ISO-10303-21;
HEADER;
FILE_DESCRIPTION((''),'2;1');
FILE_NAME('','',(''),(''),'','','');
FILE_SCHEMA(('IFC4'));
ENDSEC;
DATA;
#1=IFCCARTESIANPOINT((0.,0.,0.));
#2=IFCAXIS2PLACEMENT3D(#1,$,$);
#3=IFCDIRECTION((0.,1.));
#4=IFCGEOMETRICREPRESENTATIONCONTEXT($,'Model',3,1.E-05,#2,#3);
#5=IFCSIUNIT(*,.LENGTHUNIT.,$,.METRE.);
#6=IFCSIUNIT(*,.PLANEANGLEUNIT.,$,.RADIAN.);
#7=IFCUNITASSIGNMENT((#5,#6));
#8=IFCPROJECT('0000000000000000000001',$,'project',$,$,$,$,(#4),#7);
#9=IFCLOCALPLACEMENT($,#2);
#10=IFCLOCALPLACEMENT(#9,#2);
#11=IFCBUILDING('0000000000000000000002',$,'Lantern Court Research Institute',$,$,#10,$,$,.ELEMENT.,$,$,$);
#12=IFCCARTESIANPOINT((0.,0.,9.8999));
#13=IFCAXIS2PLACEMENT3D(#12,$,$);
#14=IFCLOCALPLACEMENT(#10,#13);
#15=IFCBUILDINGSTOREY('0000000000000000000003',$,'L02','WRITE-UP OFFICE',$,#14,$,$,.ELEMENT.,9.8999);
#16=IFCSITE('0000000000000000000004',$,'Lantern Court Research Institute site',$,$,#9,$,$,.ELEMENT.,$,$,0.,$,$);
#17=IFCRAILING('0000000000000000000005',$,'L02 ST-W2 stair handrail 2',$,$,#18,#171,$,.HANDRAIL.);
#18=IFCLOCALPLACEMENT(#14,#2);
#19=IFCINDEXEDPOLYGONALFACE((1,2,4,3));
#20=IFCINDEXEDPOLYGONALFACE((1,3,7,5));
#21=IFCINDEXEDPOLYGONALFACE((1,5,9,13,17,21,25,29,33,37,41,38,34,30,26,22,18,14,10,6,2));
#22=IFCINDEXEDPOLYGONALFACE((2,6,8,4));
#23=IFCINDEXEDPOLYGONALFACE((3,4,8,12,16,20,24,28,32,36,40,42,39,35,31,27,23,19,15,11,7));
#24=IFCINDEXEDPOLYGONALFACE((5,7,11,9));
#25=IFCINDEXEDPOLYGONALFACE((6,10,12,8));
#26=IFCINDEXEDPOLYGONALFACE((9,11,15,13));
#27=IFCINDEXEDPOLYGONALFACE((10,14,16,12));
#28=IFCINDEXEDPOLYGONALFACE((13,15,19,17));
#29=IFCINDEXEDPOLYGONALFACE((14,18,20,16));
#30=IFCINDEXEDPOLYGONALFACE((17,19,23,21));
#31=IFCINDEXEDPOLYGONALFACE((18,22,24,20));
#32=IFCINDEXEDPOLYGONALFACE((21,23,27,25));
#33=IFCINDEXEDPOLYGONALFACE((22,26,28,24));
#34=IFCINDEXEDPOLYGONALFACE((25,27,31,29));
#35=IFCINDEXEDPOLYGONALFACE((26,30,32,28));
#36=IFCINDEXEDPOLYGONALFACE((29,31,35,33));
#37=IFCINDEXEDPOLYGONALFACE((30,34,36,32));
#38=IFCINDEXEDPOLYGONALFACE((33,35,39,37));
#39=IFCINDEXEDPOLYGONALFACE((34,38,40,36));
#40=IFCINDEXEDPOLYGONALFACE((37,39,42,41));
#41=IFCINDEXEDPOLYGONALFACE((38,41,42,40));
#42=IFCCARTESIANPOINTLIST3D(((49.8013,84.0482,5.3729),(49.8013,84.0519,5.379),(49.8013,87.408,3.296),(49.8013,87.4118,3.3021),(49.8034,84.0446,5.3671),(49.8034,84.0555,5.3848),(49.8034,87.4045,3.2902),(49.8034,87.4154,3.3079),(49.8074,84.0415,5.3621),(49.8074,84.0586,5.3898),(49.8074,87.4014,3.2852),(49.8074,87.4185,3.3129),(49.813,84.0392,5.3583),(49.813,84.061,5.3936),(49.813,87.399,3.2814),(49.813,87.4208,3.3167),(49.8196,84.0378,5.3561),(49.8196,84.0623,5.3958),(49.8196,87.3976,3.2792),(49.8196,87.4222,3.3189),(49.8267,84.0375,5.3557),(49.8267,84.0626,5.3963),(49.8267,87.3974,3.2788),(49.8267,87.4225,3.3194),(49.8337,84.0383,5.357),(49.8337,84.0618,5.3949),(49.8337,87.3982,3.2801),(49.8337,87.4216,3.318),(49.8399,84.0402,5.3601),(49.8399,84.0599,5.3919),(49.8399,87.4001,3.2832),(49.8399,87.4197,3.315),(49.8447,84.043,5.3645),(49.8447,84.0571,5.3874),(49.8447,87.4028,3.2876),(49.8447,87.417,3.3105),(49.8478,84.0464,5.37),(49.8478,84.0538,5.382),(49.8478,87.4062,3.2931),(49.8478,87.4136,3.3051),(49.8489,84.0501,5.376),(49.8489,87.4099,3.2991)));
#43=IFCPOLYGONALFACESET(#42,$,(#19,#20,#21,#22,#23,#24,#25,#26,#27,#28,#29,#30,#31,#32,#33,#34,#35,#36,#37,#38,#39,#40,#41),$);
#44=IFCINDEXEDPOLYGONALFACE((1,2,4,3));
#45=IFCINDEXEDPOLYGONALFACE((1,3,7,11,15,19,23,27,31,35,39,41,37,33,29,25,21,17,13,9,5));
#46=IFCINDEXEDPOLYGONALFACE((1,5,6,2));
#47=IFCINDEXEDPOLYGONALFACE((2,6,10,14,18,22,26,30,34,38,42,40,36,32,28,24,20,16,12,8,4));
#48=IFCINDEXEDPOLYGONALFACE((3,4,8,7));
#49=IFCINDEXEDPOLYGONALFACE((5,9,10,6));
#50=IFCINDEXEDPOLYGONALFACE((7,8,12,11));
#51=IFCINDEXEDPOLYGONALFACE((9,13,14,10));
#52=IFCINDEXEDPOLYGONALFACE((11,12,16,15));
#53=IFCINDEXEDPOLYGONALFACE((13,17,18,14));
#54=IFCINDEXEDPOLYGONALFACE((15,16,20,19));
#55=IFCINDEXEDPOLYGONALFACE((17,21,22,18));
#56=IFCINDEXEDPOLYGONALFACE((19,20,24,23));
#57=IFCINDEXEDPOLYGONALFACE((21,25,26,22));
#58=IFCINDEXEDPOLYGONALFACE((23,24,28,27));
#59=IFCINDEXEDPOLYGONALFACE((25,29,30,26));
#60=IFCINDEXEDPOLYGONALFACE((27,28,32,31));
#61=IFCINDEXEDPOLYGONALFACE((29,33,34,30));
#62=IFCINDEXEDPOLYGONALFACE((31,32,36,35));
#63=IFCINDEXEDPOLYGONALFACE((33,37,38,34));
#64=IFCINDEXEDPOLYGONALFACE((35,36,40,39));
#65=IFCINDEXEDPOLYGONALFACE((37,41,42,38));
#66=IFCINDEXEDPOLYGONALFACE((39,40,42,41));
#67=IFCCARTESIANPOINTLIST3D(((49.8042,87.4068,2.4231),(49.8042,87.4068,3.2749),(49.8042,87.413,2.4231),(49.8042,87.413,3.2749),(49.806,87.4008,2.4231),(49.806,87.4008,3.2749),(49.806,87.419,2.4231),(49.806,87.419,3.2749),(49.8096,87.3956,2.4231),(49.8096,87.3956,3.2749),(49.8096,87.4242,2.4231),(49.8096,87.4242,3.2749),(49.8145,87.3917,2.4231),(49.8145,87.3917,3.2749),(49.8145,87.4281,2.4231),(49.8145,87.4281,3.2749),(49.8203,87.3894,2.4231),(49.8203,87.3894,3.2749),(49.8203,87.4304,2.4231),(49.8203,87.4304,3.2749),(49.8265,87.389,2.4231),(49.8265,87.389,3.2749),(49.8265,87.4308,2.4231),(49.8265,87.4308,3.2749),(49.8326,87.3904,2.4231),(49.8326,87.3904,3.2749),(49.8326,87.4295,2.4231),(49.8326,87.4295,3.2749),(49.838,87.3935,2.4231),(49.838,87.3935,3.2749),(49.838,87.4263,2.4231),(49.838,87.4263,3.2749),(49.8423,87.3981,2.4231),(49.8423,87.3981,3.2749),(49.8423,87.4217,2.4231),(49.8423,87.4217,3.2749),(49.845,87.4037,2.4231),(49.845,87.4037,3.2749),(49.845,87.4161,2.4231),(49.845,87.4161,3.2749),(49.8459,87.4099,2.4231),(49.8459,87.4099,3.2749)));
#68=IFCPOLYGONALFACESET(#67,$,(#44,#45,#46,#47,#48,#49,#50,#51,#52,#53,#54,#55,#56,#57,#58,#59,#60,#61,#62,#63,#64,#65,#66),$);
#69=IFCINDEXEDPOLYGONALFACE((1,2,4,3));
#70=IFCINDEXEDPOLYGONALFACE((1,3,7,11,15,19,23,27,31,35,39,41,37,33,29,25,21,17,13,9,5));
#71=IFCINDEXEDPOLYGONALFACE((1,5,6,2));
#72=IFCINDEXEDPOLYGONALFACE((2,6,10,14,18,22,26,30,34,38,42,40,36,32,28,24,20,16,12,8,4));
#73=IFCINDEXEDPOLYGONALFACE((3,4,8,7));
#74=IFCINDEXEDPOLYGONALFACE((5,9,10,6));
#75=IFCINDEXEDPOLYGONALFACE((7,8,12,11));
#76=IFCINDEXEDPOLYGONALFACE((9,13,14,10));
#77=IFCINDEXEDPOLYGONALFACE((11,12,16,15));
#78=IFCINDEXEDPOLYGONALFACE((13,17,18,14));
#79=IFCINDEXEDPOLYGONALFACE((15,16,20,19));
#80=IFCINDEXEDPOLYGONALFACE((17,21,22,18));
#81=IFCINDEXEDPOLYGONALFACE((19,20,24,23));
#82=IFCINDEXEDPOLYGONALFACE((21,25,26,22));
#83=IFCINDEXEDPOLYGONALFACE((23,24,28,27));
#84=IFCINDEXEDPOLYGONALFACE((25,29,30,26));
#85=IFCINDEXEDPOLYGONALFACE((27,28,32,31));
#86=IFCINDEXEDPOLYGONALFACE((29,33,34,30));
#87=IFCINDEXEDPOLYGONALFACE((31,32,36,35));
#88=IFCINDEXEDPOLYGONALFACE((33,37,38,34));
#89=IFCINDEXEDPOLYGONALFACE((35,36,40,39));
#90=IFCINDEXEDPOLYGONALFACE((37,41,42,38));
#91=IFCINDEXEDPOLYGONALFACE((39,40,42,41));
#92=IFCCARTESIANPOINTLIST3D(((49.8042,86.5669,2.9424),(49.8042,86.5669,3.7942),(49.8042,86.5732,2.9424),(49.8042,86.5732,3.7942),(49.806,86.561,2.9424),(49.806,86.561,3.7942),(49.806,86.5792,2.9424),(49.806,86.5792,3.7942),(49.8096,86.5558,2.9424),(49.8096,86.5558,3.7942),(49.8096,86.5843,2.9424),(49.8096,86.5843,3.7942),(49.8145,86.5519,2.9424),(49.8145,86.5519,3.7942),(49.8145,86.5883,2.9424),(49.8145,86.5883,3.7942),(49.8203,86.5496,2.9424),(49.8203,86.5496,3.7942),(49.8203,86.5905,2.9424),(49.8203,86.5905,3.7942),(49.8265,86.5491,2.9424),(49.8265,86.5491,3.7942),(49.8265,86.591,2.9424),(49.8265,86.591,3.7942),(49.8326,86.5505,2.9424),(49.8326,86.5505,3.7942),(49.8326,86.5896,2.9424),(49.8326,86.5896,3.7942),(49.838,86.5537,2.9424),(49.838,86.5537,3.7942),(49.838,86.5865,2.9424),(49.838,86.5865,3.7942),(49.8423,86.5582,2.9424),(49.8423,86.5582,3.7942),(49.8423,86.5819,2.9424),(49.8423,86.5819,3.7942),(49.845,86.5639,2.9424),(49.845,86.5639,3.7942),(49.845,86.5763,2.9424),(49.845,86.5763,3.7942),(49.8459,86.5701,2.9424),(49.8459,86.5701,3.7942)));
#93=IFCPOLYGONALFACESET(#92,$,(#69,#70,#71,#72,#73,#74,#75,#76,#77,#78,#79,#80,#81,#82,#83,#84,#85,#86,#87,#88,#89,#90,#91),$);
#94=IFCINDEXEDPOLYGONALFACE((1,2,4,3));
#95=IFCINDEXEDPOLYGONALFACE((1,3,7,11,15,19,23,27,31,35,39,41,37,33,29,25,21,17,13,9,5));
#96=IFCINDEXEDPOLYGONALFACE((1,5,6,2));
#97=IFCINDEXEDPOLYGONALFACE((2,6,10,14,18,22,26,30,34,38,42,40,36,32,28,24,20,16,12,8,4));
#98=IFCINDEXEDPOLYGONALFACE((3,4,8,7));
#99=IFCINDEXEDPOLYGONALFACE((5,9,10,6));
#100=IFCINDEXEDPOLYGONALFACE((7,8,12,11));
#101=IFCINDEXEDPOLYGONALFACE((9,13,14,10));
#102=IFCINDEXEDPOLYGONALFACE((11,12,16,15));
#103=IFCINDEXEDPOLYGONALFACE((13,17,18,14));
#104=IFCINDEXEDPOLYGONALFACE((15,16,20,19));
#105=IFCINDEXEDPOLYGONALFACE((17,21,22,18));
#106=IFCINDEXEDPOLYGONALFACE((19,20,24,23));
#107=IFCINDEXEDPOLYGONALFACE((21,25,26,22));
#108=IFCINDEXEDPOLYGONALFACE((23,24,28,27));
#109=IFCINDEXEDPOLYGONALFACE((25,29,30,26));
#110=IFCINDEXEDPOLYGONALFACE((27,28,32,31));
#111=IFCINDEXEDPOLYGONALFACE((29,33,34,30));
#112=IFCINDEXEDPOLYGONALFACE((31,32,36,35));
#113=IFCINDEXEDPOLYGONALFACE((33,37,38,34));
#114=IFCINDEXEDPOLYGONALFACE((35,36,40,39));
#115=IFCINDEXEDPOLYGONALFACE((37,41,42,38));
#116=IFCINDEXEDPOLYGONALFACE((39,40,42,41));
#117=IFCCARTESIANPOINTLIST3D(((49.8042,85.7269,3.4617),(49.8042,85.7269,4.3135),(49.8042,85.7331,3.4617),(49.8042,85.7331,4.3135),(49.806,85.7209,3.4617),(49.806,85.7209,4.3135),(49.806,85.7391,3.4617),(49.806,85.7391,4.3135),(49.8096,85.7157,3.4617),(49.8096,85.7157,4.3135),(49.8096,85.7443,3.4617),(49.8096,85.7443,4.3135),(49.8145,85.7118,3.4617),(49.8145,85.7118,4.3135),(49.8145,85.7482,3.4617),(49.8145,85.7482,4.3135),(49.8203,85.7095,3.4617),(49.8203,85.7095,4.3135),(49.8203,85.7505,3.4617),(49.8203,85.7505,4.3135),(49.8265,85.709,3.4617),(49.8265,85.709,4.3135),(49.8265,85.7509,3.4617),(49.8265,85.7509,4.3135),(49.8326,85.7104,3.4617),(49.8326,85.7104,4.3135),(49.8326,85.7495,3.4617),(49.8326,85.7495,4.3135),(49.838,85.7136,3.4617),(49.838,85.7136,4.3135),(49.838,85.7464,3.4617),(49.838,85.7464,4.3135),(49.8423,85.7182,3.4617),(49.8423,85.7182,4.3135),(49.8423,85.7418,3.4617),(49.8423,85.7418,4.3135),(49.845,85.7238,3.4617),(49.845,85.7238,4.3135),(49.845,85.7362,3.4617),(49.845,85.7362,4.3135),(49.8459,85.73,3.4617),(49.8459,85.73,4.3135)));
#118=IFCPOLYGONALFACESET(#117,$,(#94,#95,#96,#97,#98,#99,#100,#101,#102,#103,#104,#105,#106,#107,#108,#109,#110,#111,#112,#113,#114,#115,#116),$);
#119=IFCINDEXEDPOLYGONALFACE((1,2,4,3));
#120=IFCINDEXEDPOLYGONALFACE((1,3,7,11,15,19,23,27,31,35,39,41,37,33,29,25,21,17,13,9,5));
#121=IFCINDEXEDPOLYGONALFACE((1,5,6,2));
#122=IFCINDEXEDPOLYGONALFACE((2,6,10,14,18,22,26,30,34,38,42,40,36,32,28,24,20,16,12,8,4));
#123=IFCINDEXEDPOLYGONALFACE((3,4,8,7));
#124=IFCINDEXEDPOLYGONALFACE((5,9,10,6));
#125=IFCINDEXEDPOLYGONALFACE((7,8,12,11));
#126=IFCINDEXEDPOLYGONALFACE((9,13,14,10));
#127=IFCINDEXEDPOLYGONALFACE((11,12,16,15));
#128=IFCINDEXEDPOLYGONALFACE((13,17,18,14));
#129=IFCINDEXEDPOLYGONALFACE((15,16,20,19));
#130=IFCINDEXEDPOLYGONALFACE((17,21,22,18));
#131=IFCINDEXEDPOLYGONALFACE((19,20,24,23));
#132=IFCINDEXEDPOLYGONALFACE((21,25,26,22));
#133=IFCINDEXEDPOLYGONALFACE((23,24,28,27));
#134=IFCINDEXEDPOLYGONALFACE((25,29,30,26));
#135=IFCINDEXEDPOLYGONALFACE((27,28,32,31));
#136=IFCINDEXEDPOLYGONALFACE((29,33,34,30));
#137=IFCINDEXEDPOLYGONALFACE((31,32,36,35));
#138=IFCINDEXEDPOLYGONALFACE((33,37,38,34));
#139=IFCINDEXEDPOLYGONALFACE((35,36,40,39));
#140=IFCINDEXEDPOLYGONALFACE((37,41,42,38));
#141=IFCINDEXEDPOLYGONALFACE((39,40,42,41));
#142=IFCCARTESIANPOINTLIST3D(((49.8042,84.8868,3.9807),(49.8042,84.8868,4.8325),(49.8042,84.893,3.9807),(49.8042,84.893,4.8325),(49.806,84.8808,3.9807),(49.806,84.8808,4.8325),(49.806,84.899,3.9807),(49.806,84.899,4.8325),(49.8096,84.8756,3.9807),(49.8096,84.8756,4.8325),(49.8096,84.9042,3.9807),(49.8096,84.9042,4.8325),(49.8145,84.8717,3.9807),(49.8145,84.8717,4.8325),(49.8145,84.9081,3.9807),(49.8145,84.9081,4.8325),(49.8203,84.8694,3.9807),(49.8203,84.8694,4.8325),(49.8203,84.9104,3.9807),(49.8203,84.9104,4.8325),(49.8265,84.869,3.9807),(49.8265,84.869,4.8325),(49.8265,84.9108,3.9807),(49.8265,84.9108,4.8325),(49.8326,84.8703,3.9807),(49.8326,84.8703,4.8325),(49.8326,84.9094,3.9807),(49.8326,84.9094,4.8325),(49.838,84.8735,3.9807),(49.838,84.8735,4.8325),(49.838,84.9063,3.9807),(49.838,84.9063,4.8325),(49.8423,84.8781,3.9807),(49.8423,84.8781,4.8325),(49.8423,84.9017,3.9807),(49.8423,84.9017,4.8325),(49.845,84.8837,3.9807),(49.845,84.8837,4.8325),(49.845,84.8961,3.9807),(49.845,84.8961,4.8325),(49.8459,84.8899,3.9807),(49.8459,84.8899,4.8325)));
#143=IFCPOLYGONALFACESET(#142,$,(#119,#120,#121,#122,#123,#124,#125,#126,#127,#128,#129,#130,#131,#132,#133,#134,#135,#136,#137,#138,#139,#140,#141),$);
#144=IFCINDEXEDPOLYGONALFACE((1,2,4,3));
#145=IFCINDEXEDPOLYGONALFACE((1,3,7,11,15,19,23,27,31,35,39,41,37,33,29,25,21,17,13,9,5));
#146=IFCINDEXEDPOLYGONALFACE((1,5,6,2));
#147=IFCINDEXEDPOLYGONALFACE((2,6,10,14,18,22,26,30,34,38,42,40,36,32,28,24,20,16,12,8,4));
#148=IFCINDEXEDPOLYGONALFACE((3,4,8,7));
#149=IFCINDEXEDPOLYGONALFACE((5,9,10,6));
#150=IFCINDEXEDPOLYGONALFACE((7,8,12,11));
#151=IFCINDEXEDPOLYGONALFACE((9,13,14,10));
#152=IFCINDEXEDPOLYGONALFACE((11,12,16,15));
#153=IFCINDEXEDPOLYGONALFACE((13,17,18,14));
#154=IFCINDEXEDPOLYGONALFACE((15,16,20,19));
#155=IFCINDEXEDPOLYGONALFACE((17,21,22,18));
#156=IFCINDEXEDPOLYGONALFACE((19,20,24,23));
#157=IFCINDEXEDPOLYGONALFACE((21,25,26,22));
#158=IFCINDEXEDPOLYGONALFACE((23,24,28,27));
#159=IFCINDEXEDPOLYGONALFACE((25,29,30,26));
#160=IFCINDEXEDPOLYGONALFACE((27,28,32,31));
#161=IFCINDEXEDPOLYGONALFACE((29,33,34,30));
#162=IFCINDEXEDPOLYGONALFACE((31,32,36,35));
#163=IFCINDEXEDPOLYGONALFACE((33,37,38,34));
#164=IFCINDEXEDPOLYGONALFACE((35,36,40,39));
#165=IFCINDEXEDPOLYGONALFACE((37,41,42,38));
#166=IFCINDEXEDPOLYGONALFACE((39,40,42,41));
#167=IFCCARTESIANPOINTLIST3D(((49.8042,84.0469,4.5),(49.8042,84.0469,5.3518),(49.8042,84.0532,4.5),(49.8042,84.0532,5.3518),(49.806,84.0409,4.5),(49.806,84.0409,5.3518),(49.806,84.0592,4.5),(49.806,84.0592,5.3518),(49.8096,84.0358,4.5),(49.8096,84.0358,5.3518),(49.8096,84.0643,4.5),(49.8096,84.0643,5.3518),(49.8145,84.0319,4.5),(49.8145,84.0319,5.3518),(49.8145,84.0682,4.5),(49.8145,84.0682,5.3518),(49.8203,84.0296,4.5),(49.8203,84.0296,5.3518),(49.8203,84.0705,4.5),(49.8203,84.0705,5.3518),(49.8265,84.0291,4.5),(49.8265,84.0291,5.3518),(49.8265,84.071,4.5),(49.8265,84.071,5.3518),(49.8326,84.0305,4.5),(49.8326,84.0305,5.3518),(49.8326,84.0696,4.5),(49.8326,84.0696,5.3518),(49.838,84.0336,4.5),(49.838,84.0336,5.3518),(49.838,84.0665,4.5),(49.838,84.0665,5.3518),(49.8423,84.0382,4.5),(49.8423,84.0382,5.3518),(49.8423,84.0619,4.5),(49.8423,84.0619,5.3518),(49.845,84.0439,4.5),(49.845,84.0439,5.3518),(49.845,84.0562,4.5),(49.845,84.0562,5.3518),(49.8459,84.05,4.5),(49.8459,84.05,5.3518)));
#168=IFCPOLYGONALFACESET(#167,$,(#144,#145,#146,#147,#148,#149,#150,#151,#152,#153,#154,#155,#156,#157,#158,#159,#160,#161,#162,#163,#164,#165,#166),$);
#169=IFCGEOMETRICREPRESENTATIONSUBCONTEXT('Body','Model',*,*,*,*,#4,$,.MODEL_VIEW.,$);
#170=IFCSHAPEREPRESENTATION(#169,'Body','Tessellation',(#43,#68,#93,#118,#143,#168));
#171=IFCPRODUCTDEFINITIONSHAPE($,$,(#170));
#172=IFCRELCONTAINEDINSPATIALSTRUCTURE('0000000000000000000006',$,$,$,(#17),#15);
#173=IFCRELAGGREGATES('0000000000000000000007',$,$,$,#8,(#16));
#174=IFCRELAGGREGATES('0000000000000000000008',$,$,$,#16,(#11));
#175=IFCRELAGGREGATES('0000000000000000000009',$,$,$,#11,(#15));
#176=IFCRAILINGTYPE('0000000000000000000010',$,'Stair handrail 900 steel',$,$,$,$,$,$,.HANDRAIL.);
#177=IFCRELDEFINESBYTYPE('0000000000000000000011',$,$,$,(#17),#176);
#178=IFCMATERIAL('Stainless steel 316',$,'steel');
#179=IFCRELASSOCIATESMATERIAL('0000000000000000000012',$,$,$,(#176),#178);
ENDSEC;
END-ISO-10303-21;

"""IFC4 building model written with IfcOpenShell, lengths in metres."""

from ifc_helpers import new_model, si_unit, direction, frame, origin, origin_2d, place, context, subcontext, project, spatial, circle, extrude, material, type_object, element, save


model = new_model("IFC4")

# Units and contexts
model_context = context("Model", 3, precision=1e-05, world=origin(), true_north=direction((0.0, 1.0)))
body_context = subcontext(model_context, "Body", "Model", "MODEL_VIEW")
ifc_project = project(units=[si_unit("LENGTHUNIT", "METRE"), si_unit("PLANEANGLEUNIT", "RADIAN")], contexts=[model_context])

# Site, building, storey
site_placement = place(None, origin())
site = spatial("IfcSite", under=ifc_project, at=site_placement, Name="Lantern Court Research Institute site", CompositionType="ELEMENT", RefElevation=0.0)
building_placement = place(site_placement, origin())
building = spatial("IfcBuilding", under=site, at=building_placement, Name="Lantern Court Research Institute", CompositionType="ELEMENT")
storey_placement = place(building_placement, frame((0.0, 0.0, 9.8999)))
storey = spatial("IfcBuildingStorey", under=building, at=storey_placement, Name="L02", Description="WRITE-UP OFFICE", CompositionType="ELEMENT", Elevation=9.8999)

# Railing
ifc_material_1 = material(Name="Stainless steel 316", Category="steel")
railing_type_1 = type_object("IfcRailingType", Name="Stair handrail 900 steel", PredefinedType="HANDRAIL", material=ifc_material_1)
railing_1_placement = place(storey_placement, frame((49.825, 87.4099, 2.4231)))
element("IfcRailing", 1, at=railing_1_placement, inside=storey, type_object=railing_type_1, Name="L02 ST-W2 stair handrail 2", PredefinedType="HANDRAIL", context=body_context, shape_type="SweptSolid", body=[
    extrude(circle(Radius=0.0239, at=origin_2d()), frame((0.0, 0.0, 0.876), z_axis=(0.0, -0.850606, 0.525803), x_axis=(1.0, 0.0, 0.0)), (0.0, 0.0, 1.0), 3.95),
    extrude(circle(Radius=0.021, at=origin_2d()), origin(), (0.0, 0.0, 1.0), 0.8518),
    extrude(circle(Radius=0.021, at=origin_2d()), frame((0.0, -0.8398, 0.5193)), (0.0, 0.0, 1.0), 0.8518),
    extrude(circle(Radius=0.021, at=origin_2d()), frame((0.0, -1.6799, 1.0386)), (0.0, 0.0, 1.0), 0.8518),
    extrude(circle(Radius=0.021, at=origin_2d()), frame((0.0, -2.52, 1.5576)), (0.0, 0.0, 1.0), 0.8518),
    extrude(circle(Radius=0.021, at=origin_2d()), frame((0.0, -3.3599, 2.0769)), (0.0, 0.0, 1.0), 0.8518),
])

save(model, "model.ifc")
